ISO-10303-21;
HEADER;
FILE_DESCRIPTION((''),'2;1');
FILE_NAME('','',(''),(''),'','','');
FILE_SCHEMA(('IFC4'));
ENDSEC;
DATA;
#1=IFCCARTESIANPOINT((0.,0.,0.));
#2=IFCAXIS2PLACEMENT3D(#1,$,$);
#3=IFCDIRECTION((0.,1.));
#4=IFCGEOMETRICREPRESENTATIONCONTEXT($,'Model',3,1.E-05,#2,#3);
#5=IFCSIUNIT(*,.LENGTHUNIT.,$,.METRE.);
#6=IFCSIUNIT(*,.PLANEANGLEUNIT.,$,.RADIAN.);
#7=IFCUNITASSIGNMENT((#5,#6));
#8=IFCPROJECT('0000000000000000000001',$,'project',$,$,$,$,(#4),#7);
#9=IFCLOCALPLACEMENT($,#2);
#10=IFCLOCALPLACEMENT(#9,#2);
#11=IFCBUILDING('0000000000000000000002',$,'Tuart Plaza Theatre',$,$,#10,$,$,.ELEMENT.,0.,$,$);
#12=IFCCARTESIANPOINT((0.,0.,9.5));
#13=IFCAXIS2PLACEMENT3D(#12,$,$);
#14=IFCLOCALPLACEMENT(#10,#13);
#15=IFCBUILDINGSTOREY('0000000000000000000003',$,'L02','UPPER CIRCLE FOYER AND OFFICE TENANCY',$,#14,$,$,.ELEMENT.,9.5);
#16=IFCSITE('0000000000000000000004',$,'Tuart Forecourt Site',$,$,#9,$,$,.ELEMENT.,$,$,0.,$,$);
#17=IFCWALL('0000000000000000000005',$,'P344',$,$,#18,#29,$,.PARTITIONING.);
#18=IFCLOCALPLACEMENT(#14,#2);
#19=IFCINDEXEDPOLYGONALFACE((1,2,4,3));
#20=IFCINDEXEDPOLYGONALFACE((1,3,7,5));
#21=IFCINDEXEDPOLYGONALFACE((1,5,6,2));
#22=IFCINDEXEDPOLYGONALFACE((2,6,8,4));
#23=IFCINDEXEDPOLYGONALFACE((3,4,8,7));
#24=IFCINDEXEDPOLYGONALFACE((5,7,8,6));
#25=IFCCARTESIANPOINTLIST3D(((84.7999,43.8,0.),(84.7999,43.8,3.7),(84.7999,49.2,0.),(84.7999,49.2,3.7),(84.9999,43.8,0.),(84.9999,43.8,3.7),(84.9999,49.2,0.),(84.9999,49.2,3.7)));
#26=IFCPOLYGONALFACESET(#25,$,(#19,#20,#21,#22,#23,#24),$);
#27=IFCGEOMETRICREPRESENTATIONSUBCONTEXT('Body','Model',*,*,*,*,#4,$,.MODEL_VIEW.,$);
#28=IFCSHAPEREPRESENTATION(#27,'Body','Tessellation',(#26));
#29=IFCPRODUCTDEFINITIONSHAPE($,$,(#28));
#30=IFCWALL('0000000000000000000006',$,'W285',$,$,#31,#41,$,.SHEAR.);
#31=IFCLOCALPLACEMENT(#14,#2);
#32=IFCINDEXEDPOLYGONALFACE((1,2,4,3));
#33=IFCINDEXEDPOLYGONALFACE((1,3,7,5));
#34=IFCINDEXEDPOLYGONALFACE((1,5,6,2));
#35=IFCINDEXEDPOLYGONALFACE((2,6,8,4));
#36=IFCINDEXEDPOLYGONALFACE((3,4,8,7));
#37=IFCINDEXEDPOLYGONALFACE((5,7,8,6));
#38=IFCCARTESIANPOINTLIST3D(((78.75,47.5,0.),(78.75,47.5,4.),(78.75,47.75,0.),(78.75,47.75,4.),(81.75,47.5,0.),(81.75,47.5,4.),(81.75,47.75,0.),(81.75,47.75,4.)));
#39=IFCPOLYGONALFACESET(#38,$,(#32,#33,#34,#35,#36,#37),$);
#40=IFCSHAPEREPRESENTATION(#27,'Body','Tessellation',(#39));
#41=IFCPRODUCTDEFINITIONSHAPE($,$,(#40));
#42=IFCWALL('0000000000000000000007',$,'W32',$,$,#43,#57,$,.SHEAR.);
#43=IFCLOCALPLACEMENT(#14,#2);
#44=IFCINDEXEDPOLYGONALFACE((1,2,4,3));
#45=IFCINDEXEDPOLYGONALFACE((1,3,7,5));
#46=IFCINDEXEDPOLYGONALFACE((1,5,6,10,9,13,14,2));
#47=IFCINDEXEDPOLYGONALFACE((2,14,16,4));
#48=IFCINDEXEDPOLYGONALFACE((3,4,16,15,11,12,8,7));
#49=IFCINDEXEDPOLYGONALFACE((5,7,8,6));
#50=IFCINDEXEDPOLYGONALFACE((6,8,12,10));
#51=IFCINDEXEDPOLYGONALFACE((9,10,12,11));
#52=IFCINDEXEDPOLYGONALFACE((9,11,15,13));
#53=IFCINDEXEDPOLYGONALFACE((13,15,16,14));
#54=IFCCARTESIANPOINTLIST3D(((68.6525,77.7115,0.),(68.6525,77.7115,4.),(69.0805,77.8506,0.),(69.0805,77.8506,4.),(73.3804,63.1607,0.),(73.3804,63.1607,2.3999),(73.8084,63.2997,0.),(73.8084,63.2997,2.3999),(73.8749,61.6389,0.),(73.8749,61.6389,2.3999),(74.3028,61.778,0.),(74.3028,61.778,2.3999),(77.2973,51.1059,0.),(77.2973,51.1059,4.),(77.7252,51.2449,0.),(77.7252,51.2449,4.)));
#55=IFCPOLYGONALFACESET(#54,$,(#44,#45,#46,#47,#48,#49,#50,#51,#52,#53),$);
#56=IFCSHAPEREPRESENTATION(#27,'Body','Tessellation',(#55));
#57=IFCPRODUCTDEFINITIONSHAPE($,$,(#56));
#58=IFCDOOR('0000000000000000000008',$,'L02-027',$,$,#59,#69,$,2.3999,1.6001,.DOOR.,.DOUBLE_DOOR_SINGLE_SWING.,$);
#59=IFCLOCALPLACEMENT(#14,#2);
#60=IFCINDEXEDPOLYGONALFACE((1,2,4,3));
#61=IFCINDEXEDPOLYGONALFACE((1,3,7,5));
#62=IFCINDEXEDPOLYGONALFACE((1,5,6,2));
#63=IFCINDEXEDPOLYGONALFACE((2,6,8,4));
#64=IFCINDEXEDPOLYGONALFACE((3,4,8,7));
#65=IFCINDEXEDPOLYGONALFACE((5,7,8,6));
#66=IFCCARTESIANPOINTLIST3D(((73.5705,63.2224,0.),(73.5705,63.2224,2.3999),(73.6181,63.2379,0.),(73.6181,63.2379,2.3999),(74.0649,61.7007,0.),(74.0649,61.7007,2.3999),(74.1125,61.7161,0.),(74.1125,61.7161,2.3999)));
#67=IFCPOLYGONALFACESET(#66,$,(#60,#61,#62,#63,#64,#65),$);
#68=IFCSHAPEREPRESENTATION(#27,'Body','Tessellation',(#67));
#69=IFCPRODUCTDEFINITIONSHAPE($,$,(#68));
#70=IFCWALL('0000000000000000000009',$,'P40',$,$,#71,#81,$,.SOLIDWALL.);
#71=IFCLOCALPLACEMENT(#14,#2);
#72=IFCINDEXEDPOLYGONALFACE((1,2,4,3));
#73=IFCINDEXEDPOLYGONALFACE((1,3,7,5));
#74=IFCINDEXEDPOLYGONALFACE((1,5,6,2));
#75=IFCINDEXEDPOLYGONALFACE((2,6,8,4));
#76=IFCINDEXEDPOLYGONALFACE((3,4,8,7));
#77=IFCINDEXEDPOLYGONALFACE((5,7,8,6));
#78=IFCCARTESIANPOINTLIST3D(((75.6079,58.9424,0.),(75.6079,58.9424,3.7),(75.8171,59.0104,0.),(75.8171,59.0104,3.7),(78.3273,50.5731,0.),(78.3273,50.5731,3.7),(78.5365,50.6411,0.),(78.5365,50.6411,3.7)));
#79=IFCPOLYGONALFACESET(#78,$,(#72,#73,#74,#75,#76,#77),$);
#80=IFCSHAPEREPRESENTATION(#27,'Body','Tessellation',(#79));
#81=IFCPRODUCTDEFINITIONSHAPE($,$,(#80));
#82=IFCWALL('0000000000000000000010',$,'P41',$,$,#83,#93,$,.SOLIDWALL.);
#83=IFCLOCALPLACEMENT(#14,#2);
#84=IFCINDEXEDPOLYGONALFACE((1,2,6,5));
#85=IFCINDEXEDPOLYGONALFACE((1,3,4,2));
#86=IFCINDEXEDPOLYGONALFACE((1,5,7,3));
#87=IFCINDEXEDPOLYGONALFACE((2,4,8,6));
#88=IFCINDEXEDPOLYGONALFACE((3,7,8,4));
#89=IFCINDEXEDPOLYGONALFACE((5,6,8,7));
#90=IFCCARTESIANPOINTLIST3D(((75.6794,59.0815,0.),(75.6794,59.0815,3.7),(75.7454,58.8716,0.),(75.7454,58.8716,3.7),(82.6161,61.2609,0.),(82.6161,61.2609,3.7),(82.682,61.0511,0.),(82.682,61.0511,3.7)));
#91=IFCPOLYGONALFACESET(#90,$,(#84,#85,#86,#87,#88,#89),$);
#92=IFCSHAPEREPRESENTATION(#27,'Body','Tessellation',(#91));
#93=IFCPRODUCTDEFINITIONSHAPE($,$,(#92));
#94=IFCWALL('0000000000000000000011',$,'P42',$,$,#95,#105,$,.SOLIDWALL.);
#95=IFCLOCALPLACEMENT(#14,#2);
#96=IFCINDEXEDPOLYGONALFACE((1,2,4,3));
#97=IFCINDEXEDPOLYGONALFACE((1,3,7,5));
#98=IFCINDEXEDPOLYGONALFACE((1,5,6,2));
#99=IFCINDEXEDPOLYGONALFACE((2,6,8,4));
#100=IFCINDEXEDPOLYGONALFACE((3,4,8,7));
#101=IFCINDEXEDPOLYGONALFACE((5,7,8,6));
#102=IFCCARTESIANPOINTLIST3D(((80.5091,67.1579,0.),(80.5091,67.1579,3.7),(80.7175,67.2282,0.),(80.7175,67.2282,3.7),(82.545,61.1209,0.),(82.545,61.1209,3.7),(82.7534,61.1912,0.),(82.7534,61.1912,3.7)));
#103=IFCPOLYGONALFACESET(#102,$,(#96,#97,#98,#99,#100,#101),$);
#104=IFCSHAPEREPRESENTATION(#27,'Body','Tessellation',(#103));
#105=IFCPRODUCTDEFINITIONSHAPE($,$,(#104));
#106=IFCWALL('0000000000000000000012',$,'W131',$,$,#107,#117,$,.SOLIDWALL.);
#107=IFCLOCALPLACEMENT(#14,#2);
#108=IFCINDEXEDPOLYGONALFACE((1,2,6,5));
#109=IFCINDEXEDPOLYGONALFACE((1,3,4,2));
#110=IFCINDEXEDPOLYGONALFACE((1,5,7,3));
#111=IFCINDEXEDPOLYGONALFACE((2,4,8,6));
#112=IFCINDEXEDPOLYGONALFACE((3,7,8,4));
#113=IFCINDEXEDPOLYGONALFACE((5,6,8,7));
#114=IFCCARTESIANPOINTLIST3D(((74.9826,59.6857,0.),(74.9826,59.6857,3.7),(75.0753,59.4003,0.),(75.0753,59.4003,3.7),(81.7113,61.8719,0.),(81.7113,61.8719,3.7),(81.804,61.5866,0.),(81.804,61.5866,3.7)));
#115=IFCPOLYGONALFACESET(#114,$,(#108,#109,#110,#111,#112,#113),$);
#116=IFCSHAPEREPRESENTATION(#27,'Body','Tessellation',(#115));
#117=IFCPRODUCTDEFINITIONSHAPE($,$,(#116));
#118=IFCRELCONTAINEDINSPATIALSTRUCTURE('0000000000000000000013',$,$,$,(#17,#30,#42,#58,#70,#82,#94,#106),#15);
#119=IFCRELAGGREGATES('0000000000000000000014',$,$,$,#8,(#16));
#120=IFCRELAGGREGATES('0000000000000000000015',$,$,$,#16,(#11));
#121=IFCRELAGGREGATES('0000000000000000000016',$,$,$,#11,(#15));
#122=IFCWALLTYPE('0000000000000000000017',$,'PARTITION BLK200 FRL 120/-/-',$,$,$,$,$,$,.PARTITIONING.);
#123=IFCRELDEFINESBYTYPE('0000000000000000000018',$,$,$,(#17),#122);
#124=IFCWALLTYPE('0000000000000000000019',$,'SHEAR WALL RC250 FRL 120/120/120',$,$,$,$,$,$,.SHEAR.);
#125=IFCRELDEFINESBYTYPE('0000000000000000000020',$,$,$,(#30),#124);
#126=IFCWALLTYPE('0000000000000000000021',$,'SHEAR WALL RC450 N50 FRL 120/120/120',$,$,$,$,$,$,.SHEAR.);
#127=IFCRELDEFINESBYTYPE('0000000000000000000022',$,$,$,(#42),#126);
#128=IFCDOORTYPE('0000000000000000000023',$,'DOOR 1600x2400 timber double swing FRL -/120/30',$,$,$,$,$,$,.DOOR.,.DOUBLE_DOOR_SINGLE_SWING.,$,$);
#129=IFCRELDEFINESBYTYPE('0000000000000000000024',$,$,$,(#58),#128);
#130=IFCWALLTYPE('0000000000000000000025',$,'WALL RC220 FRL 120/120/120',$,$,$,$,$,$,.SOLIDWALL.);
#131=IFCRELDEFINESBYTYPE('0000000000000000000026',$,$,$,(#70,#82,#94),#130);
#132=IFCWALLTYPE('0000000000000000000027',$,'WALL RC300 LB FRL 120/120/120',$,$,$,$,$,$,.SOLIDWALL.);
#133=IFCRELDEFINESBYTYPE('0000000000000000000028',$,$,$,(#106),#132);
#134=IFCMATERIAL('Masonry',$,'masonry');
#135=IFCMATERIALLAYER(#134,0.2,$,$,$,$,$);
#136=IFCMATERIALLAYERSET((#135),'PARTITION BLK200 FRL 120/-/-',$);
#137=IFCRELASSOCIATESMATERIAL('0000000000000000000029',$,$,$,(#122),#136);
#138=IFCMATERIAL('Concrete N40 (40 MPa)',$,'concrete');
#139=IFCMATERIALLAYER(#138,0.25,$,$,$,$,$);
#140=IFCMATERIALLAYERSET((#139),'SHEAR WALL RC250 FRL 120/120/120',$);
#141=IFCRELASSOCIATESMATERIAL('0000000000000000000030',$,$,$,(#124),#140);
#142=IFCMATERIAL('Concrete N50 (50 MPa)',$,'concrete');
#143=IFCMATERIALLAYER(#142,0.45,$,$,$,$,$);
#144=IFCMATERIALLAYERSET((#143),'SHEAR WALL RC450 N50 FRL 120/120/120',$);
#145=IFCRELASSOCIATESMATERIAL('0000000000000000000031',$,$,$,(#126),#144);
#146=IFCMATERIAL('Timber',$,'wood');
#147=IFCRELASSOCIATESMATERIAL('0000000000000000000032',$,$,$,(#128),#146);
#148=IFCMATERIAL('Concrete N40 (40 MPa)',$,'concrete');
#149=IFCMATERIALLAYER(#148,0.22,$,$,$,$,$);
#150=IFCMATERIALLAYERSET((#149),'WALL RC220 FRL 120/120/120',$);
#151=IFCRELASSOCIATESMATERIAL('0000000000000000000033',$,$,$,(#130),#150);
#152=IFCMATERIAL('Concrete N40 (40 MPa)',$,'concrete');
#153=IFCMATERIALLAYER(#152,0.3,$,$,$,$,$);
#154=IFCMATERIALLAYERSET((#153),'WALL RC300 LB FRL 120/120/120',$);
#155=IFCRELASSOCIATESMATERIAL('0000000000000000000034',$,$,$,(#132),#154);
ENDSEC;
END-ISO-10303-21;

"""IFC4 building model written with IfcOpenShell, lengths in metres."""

from ifc_helpers import new_model, si_unit, direction, frame, frame_2d, origin, place, context, subcontext, project, spatial, rectangle, extrude, material, layer, layer_set, type_object, element, fill, save


model = new_model("IFC4")

# Units and contexts
model_context = context("Model", 3, precision=1e-05, world=origin(), true_north=direction((0.0, 1.0)))
body_context = subcontext(model_context, "Body", "Model", "MODEL_VIEW")
ifc_project = project(units=[si_unit("LENGTHUNIT", "METRE"), si_unit("PLANEANGLEUNIT", "RADIAN")], contexts=[model_context])

# Site, building, storey
site_placement = place(None, origin())
site = spatial("IfcSite", under=ifc_project, at=site_placement, Name="Tuart Forecourt Site", CompositionType="ELEMENT", RefElevation=0.0)
building_placement = place(site_placement, origin())
building = spatial("IfcBuilding", under=site, at=building_placement, Name="Tuart Plaza Theatre", CompositionType="ELEMENT", ElevationOfRefHeight=0.0)
storey_placement = place(building_placement, frame((0.0, 0.0, 9.5)))
storey = spatial("IfcBuildingStorey", under=building, at=storey_placement, Name="L02", Description="UPPER CIRCLE FOYER AND OFFICE TENANCY", CompositionType="ELEMENT", Elevation=9.5)

# Walls
ifc_material_1 = material(Name="Masonry", Category="masonry")
ifc_layer_1 = layer(ifc_material_1, 0.2)
ifc_layer_set_1 = layer_set([ifc_layer_1], Name="PARTITION BLK200 FRL 120/-/-")
wall_type_1 = type_object("IfcWallType", Name="PARTITION BLK200 FRL 120/-/-", PredefinedType="PARTITIONING", material=ifc_layer_set_1)
wall_1_placement = place(storey_placement, frame((84.8999, 49.2, 0.0), z_axis=(0.0, 0.0, 1.0), x_axis=(0.0, -1.0, 0.0)))
element("IfcWall", 1, at=wall_1_placement, inside=storey, type_object=wall_type_1, Name="P344", PredefinedType="PARTITIONING", context=body_context, shape_type="SweptSolid", body=[
    extrude(rectangle(XDim=5.3999, YDim=0.2, at=frame_2d((2.7, 0.0))), origin(), (0.0, 0.0, 1.0), 3.7),
])
ifc_material_2 = material(Name="Concrete N40 (40 MPa)", Category="concrete")
ifc_layer_2 = layer(ifc_material_2, 0.25)
ifc_layer_set_2 = layer_set([ifc_layer_2], Name="SHEAR WALL RC250 FRL 120/120/120")
wall_type_2 = type_object("IfcWallType", Name="SHEAR WALL RC250 FRL 120/120/120", PredefinedType="SHEAR", material=ifc_layer_set_2)
wall_2_placement = place(storey_placement, frame((81.75, 47.625, 0.0), z_axis=(0.0, 0.0, 1.0), x_axis=(-1.0, 0.0, 0.0)))
element("IfcWall", 2, at=wall_2_placement, inside=storey, type_object=wall_type_2, Name="W285", PredefinedType="SHEAR", context=body_context, shape_type="SweptSolid", body=[
    extrude(rectangle(XDim=3.0, YDim=0.25, at=frame_2d((1.5, 0.0))), origin(), (0.0, 0.0, 1.0), 4.0),
])

# Wall, opening, door
ifc_material_3 = material(Name="Concrete N50 (50 MPa)", Category="concrete")
ifc_layer_3 = layer(ifc_material_3, 0.45)
ifc_layer_set_3 = layer_set([ifc_layer_3], Name="SHEAR WALL RC450 N50 FRL 120/120/120")
wall_type_3 = type_object("IfcWallType", Name="SHEAR WALL RC450 N50 FRL 120/120/120", PredefinedType="SHEAR", material=ifc_layer_set_3)
wall_3_placement = place(storey_placement, frame((77.5112, 51.1755, 0.0), z_axis=(0.0, 0.0, 1.0), x_axis=(-0.309019, 0.951056, 0.0)))
wall_3 = element("IfcWall", 3, at=wall_3_placement, inside=storey, type_object=wall_type_3, Name="W32", PredefinedType="SHEAR", context=body_context, shape_type="SweptSolid", body=[
    extrude(rectangle(XDim=27.9749, YDim=0.45, at=frame_2d((13.9873, 0.0))), origin(), (0.0, 0.0, 1.0), 4.0),
])
opening_placement = place(wall_3_placement, frame((11.075, 0.0, 0.0)))
opening = element("IfcOpeningElement", 4, at=opening_placement, cuts=wall_3, PredefinedType="OPENING", context=body_context, shape_type="SweptSolid", body=[
    extrude(rectangle(XDim=1.6001, YDim=2.3999, at=frame_2d((0.8, 1.2))), frame((0.0, 0.2349, 0.0), z_axis=(0.0, -1.0, 0.0), x_axis=(1.0, 0.0, 0.0)), (0.0, 0.0, 1.0), 0.47),
])
ifc_material_4 = material(Name="Timber", Category="wood")
door_type = type_object("IfcDoorType", Name="DOOR 1600x2400 timber double swing FRL -/120/30", OperationType="DOUBLE_DOOR_SINGLE_SWING", PredefinedType="DOOR", material=ifc_material_4)
door_placement = place(opening_placement, frame((1.6001, 0.0, 0.0), z_axis=(0.0, 0.0, 1.0), x_axis=(-1.0, 0.0, 0.0)))
door = element("IfcDoor", 5, at=door_placement, inside=storey, type_object=door_type, Name="L02-027", OperationType="DOUBLE_DOOR_SINGLE_SWING", OverallHeight=2.3999, OverallWidth=1.6001, PredefinedType="DOOR", context=body_context, shape_type="SweptSolid", body=[
    extrude(rectangle(XDim=1.6001, YDim=2.3999, at=frame_2d((0.8, 1.2))), frame((0.0, 0.0249, 0.0), z_axis=(0.0, -1.0, 0.0), x_axis=(1.0, 0.0, 0.0)), (0.0, 0.0, 1.0), 0.05),
])
fill(opening, door)

# Walls
ifc_material_5 = material(Name="Concrete N40 (40 MPa)", Category="concrete")
ifc_layer_4 = layer(ifc_material_5, 0.22)
ifc_layer_set_4 = layer_set([ifc_layer_4], Name="WALL RC220 FRL 120/120/120")
wall_type_4 = type_object("IfcWallType", Name="WALL RC220 FRL 120/120/120", PredefinedType="SOLIDWALL", material=ifc_layer_set_4)
wall_4_placement = place(storey_placement, frame((78.4319, 50.6072, 0.0), z_axis=(0.0, 0.0, 1.0), x_axis=(-0.309028, 0.951053, 0.0)))
element("IfcWall", 6, at=wall_4_placement, inside=storey, type_object=wall_type_4, Name="P40", PredefinedType="SOLIDWALL", context=body_context, shape_type="SweptSolid", body=[
    extrude(rectangle(XDim=8.8, YDim=0.22, at=frame_2d((4.3999, 0.0))), origin(), (0.0, 0.0, 1.0), 3.7),
])
wall_5_placement = place(storey_placement, frame((75.7124, 58.9766, 0.0), z_axis=(0.0, 0.0, 1.0), x_axis=(0.954021, 0.299741, 0.0)))
element("IfcWall", 7, at=wall_5_placement, inside=storey, type_object=wall_type_4, Name="P41", PredefinedType="SOLIDWALL", context=body_context, shape_type="SweptSolid", body=[
    extrude(rectangle(XDim=7.271, YDim=0.22, at=frame_2d((3.6355, 0.0))), origin(), (0.0, 0.0, 1.0), 3.7),
])
wall_6_placement = place(storey_placement, frame((82.6492, 61.156, 0.0), z_axis=(0.0, 0.0, 1.0), x_axis=(-0.319548, 0.94757, 0.0)))
element("IfcWall", 8, at=wall_6_placement, inside=storey, type_object=wall_type_4, Name="P42", PredefinedType="SOLIDWALL", context=body_context, shape_type="SweptSolid", body=[
    extrude(rectangle(XDim=6.3711, YDim=0.22, at=frame_2d((3.1855, 0.0))), origin(), (0.0, 0.0, 1.0), 3.7),
])
ifc_material_6 = material(Name="Concrete N40 (40 MPa)", Category="concrete")
ifc_layer_5 = layer(ifc_material_6, 0.3)
ifc_layer_set_5 = layer_set([ifc_layer_5], Name="WALL RC300 LB FRL 120/120/120")
wall_type_5 = type_object("IfcWallType", Name="WALL RC300 LB FRL 120/120/120", PredefinedType="SOLIDWALL", material=ifc_layer_set_5)
wall_7_placement = place(storey_placement, frame((75.0288, 59.543, 0.0), z_axis=(0.0, 0.0, 1.0), x_axis=(0.951058, 0.309014, 0.0)))
element("IfcWall", 9, at=wall_7_placement, inside=storey, type_object=wall_type_5, Name="W131", PredefinedType="SOLIDWALL", context=body_context, shape_type="SweptSolid", body=[
    extrude(rectangle(XDim=7.075, YDim=0.3, at=frame_2d((3.5376, 0.0))), origin(), (0.0, 0.0, 1.0), 3.7),
])

save(model, "model.ifc")
